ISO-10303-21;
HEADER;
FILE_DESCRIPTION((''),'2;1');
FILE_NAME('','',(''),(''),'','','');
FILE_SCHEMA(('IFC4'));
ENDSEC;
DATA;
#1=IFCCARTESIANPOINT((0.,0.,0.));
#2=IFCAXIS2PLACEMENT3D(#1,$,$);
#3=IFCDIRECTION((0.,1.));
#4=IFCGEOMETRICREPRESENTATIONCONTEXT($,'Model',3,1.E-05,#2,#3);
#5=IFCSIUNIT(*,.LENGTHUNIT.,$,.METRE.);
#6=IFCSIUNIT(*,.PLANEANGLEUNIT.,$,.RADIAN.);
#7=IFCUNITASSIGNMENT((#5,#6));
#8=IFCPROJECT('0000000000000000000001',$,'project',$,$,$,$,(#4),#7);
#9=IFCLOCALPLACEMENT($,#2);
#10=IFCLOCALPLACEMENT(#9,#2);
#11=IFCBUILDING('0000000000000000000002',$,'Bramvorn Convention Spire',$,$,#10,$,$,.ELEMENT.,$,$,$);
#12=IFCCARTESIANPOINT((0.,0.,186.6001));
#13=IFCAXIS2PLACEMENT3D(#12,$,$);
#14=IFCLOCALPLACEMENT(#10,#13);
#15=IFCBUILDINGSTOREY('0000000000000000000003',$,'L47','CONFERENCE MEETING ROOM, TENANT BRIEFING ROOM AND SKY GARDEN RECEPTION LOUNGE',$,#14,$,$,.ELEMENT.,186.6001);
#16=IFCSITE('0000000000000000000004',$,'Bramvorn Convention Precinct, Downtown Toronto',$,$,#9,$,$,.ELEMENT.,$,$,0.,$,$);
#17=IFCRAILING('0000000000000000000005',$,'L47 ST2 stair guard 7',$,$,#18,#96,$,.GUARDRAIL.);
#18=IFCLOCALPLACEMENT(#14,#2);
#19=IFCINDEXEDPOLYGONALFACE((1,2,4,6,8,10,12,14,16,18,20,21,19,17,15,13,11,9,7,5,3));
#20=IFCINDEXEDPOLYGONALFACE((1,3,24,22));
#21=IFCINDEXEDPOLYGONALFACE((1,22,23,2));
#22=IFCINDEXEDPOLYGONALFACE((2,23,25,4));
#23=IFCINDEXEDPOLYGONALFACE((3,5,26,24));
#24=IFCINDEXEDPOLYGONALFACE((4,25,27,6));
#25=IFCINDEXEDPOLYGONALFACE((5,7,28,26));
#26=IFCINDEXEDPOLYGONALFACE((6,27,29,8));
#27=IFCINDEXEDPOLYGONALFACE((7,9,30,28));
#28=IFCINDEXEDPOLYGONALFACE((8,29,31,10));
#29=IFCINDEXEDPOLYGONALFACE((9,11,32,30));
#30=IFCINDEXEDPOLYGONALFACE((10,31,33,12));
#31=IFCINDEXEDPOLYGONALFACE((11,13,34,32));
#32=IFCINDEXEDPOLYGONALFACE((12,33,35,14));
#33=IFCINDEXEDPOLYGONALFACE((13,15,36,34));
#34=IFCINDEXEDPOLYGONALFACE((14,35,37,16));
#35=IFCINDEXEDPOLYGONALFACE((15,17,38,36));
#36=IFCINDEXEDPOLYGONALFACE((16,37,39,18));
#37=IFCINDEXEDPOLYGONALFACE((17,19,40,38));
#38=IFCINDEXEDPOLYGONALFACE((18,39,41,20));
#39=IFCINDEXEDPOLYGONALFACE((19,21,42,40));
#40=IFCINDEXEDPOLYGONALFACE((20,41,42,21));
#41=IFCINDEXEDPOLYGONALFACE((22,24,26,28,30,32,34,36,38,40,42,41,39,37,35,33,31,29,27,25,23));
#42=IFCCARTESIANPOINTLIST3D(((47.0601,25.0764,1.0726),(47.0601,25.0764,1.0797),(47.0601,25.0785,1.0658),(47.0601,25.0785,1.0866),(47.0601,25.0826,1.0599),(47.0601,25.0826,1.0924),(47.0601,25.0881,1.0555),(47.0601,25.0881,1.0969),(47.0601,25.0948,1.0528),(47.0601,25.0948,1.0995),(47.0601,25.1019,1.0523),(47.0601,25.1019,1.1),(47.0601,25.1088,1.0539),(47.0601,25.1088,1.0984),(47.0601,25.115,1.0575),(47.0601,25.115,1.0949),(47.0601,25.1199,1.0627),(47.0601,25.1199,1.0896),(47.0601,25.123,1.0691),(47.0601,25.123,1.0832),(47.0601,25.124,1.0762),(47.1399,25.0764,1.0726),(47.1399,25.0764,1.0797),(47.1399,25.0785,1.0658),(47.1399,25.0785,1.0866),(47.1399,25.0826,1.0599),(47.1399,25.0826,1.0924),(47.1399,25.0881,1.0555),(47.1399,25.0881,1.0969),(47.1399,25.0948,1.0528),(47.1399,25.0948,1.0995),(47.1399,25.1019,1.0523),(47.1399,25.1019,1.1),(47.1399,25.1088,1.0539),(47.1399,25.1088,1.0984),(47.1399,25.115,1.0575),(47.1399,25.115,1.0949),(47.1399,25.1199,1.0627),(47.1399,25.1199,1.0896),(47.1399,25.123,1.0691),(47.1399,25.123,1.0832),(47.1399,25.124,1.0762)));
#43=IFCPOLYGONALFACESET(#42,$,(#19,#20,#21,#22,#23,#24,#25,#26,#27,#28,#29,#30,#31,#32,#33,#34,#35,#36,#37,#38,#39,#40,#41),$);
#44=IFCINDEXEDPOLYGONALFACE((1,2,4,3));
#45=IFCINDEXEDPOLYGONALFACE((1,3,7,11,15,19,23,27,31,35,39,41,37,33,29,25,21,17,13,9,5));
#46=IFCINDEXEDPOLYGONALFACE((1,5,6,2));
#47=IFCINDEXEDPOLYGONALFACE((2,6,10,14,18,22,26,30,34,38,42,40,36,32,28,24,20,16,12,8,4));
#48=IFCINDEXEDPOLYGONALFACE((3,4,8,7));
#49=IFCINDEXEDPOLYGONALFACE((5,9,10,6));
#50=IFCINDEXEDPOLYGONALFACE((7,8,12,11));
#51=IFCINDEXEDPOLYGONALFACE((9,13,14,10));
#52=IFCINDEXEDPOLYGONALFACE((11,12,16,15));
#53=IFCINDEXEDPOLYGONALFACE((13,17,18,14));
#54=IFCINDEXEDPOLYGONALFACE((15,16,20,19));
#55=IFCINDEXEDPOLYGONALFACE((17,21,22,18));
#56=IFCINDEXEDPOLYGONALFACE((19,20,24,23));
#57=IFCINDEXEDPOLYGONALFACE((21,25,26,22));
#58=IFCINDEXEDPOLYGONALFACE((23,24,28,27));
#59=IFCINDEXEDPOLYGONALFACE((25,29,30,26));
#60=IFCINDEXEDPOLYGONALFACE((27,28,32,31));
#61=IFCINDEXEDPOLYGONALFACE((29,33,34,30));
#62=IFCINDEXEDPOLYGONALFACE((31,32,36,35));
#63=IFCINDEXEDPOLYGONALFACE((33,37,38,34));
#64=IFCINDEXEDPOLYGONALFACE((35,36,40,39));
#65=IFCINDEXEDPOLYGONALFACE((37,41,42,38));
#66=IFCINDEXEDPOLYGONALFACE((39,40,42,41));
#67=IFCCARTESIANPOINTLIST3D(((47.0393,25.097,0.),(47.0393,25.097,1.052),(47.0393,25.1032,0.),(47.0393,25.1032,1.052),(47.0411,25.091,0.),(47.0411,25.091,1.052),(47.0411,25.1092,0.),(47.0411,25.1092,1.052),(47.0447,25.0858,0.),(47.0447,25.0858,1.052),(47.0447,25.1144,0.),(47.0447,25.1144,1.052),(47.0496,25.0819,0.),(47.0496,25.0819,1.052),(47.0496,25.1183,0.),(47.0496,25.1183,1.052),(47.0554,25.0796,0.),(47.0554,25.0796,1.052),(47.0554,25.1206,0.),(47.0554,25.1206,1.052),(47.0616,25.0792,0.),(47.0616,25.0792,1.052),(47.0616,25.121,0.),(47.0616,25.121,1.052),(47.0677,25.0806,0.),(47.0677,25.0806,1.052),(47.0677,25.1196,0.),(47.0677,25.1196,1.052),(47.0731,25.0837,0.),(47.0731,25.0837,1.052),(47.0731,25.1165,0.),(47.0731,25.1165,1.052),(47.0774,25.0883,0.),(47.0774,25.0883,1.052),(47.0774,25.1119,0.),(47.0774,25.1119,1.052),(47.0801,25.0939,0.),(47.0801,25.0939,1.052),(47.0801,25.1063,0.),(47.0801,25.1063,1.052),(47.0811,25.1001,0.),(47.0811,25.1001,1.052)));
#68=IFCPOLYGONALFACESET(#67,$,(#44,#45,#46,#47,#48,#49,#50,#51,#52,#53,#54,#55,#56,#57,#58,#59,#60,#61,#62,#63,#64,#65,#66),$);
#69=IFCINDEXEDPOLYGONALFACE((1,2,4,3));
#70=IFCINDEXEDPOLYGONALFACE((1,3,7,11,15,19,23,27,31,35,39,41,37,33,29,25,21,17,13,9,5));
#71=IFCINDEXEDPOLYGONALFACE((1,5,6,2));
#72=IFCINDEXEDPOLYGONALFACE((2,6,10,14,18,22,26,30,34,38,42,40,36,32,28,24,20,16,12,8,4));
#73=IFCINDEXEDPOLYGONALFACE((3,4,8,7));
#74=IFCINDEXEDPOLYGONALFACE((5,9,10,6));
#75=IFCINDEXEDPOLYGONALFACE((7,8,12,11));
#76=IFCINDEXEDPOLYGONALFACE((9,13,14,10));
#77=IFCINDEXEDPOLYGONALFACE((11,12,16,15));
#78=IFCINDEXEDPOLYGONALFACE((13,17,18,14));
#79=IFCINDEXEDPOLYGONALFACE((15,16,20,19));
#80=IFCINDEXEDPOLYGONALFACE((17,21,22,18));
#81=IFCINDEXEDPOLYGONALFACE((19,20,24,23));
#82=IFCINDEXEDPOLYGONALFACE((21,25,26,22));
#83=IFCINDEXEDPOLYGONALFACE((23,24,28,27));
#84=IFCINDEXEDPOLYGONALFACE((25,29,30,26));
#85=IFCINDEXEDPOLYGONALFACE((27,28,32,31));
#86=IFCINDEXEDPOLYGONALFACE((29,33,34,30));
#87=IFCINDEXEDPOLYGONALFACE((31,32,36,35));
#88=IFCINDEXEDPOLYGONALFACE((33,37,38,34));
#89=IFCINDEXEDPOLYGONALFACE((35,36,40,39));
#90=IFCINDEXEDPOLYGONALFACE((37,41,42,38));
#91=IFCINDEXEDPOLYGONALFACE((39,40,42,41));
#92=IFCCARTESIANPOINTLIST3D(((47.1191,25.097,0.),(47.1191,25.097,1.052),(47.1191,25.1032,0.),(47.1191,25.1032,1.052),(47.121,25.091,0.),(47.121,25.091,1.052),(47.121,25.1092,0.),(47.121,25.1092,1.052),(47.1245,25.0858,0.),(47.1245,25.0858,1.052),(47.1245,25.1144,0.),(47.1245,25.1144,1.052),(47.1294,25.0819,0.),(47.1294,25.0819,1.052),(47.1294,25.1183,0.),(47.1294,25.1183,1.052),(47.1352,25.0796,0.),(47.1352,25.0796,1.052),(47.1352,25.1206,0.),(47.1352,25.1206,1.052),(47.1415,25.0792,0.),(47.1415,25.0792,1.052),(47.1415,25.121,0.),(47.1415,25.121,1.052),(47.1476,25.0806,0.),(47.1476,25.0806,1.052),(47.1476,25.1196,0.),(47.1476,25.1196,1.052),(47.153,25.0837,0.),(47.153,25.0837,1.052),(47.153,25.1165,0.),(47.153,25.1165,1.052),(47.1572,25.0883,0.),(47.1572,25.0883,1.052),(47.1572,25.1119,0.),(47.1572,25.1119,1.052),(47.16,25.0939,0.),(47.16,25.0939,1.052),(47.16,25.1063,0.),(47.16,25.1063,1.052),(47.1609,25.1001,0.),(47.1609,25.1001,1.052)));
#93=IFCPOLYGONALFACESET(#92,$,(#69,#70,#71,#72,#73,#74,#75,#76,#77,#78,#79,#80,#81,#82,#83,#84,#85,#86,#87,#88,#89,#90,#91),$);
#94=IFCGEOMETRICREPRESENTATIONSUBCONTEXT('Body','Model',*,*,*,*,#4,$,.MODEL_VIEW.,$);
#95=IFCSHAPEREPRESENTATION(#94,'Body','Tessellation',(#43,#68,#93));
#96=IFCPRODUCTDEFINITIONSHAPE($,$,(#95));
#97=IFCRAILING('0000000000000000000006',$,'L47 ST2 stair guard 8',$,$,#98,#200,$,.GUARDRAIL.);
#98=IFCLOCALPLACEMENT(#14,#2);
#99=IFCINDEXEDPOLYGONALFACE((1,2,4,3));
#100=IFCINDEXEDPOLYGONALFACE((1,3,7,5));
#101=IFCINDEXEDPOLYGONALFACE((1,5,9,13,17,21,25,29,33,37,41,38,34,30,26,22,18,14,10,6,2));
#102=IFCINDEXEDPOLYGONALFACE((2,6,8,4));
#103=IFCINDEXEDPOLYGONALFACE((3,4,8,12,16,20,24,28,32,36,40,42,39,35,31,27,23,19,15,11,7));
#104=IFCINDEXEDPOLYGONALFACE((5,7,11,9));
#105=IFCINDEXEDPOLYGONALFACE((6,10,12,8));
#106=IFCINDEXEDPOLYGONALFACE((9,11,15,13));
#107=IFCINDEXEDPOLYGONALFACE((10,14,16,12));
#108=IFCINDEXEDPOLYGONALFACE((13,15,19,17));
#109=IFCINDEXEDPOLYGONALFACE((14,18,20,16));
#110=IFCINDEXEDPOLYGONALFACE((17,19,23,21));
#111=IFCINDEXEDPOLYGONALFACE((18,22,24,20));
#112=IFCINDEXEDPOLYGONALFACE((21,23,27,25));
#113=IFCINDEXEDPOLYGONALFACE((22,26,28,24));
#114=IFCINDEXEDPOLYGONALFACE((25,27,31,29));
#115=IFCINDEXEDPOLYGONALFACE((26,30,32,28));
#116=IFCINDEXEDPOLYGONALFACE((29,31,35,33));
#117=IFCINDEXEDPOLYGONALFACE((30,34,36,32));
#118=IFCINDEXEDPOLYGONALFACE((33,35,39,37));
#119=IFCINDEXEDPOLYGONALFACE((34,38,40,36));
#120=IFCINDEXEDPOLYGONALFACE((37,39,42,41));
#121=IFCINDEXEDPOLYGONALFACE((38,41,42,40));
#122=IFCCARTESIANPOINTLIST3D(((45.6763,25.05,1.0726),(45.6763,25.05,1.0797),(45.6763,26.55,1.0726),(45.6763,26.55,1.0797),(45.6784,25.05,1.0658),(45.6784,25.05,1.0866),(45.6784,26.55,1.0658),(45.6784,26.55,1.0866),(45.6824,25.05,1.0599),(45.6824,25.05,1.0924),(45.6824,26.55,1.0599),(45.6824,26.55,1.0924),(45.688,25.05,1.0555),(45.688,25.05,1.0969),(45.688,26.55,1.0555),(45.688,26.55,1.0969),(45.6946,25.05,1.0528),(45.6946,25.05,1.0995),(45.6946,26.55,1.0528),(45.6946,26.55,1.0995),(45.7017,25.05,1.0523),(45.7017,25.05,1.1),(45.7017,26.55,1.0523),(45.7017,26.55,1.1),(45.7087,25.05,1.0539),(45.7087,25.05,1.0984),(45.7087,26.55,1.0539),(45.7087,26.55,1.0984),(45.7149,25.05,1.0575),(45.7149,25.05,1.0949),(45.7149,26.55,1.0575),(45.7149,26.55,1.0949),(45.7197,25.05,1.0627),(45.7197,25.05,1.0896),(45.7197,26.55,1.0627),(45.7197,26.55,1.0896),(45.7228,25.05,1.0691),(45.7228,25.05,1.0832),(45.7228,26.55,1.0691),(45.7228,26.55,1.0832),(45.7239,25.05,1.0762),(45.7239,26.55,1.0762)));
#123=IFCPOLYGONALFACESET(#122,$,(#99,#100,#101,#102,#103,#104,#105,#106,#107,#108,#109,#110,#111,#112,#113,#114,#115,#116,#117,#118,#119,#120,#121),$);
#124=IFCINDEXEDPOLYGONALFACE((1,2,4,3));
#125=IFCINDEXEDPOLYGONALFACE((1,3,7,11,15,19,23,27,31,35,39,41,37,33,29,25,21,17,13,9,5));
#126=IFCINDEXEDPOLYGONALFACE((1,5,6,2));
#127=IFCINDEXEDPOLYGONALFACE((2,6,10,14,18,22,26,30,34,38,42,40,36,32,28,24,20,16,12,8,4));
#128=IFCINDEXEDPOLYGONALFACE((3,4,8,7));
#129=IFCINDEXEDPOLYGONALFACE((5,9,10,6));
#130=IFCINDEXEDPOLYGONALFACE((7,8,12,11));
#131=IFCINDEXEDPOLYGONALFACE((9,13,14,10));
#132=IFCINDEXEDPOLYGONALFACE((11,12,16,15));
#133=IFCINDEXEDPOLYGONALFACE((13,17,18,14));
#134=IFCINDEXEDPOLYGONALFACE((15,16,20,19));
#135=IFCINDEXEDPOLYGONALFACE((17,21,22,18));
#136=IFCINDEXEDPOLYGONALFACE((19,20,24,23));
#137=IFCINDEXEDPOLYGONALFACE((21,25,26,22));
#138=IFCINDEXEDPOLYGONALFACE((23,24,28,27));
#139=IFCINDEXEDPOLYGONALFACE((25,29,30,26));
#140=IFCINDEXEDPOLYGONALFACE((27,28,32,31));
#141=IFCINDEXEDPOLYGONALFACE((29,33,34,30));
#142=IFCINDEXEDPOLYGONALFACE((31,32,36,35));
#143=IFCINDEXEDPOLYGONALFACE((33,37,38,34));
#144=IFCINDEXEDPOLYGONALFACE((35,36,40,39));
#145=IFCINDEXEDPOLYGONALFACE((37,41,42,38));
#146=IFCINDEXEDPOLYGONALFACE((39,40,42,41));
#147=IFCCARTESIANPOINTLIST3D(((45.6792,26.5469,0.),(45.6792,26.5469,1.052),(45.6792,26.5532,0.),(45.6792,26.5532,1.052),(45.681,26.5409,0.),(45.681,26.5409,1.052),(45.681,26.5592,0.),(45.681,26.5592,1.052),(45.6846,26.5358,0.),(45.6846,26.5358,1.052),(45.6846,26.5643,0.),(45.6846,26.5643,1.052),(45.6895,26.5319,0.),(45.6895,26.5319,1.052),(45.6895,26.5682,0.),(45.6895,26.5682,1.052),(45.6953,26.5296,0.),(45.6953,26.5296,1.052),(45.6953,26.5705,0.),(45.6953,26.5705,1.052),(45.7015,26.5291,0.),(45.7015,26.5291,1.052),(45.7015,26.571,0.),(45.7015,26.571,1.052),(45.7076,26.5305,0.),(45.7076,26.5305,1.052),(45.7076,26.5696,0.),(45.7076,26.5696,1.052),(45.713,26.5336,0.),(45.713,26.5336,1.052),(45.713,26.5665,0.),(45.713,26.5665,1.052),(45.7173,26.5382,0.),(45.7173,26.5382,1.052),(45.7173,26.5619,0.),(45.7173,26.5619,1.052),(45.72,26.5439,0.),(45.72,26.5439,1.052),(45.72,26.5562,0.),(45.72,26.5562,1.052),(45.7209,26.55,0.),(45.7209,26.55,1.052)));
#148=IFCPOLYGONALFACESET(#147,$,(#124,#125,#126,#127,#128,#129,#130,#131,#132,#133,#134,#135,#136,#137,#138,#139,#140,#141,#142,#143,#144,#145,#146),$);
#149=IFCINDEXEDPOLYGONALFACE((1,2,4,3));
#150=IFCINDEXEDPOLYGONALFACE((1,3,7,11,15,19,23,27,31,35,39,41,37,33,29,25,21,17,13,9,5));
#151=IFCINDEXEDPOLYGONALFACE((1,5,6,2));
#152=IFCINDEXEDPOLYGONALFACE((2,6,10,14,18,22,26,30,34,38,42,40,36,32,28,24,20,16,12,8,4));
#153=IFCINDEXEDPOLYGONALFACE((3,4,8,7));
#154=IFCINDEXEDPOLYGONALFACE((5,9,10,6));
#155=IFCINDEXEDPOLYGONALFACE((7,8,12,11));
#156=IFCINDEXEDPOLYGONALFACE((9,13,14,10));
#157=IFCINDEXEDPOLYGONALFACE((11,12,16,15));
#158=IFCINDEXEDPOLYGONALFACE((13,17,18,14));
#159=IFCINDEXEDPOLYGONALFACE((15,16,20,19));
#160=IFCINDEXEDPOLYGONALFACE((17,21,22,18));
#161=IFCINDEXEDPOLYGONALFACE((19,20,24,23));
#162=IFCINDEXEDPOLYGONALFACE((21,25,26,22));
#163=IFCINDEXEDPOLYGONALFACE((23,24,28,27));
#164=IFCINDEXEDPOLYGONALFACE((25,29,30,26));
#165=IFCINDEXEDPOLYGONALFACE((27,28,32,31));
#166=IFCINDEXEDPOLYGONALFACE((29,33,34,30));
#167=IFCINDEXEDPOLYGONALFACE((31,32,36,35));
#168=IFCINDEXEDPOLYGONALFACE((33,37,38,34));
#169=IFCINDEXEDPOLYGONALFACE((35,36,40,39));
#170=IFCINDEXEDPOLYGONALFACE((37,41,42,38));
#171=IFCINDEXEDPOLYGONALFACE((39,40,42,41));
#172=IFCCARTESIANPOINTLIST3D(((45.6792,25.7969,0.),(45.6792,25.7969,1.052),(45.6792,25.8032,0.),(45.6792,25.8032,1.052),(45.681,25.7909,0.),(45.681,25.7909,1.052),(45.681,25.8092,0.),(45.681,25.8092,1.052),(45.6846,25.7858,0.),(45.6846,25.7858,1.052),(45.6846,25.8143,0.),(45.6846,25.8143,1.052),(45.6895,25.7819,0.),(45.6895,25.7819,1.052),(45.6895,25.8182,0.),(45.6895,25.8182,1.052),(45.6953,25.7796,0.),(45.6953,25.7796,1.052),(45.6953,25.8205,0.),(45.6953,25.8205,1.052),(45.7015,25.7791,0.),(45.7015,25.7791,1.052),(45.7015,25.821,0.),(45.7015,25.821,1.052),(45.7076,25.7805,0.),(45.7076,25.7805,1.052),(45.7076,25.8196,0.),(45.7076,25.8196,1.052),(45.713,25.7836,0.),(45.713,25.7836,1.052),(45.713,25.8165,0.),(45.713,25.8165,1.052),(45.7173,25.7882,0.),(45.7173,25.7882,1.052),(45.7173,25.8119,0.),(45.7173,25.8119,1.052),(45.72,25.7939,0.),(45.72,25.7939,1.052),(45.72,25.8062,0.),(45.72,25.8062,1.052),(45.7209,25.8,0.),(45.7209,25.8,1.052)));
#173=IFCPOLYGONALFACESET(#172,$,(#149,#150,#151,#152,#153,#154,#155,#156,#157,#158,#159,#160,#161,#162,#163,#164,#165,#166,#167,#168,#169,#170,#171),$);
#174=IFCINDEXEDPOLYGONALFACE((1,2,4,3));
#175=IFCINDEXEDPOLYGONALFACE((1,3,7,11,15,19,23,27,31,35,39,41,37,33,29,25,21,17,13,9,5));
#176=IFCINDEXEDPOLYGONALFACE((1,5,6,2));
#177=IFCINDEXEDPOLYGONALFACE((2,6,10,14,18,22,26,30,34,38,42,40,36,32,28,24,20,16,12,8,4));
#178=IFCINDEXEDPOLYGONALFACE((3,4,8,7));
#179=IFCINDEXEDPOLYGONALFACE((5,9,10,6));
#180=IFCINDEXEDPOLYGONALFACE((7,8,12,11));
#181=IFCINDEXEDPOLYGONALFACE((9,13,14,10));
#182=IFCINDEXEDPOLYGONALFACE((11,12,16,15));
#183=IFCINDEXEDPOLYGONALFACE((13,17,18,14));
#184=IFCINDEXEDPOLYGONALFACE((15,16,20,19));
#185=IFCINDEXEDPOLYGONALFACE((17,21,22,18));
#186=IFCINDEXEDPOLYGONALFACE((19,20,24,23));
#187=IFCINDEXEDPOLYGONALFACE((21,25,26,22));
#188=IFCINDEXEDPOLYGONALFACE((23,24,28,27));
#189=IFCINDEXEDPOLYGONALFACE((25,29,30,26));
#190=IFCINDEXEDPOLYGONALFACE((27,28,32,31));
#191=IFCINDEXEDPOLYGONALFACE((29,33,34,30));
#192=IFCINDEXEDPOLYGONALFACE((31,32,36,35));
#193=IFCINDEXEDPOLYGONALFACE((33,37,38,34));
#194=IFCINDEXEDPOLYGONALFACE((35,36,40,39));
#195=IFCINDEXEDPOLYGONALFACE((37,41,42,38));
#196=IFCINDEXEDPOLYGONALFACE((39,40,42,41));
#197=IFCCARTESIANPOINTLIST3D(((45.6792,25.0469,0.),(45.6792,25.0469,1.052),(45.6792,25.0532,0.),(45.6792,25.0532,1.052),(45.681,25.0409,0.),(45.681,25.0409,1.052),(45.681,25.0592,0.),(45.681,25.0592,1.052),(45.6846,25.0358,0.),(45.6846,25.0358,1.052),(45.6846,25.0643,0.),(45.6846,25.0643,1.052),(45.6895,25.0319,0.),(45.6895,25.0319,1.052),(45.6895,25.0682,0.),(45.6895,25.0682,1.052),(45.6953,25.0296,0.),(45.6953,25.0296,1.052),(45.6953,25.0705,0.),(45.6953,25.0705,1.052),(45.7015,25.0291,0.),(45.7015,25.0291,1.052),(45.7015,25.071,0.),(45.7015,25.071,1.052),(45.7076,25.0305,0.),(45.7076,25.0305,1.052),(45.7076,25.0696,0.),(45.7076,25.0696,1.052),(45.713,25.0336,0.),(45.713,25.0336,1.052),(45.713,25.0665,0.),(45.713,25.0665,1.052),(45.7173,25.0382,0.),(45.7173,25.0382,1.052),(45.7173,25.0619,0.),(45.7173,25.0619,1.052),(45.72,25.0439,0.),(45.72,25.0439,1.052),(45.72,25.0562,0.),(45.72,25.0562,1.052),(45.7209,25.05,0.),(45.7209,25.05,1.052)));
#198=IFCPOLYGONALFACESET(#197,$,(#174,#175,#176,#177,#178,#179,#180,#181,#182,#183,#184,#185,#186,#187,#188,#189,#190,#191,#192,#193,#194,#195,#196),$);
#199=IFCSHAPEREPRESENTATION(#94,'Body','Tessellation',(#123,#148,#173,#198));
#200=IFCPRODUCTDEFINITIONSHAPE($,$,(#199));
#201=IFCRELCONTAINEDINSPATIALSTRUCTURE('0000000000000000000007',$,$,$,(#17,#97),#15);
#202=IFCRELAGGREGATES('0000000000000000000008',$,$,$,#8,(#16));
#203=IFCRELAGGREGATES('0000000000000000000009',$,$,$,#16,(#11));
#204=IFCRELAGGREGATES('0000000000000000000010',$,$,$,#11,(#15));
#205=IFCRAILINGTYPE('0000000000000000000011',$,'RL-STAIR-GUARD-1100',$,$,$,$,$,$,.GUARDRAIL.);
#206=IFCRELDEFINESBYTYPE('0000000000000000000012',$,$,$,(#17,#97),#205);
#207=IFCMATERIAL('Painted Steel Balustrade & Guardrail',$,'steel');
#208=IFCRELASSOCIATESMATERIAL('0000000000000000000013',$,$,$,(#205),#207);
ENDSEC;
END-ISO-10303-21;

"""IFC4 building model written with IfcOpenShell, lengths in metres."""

from ifc_helpers import new_model, si_unit, direction, frame, origin, origin_2d, place, context, subcontext, project, spatial, circle, extrude, material, type_object, element, save


model = new_model("IFC4")

# Units and contexts
model_context = context("Model", 3, precision=1e-05, world=origin(), true_north=direction((0.0, 1.0)))
body_context = subcontext(model_context, "Body", "Model", "MODEL_VIEW")
ifc_project = project(units=[si_unit("LENGTHUNIT", "METRE"), si_unit("PLANEANGLEUNIT", "RADIAN")], contexts=[model_context])

# Site, building, storey
site_placement = place(None, origin())
site = spatial("IfcSite", under=ifc_project, at=site_placement, Name="Bramvorn Convention Precinct, Downtown Toronto", CompositionType="ELEMENT", RefElevation=0.0)
building_placement = place(site_placement, origin())
building = spatial("IfcBuilding", under=site, at=building_placement, Name="Bramvorn Convention Spire", CompositionType="ELEMENT")
storey_placement = place(building_placement, frame((0.0, 0.0, 186.6001)))
storey = spatial("IfcBuildingStorey", under=building, at=storey_placement, Name="L47", Description="CONFERENCE MEETING ROOM, TENANT BRIEFING ROOM AND SKY GARDEN RECEPTION LOUNGE", CompositionType="ELEMENT", Elevation=186.6001)

# Railings
ifc_material_1 = material(Name="Painted Steel Balustrade & Guardrail", Category="steel")
railing_type_1 = type_object("IfcRailingType", Name="RL-STAIR-GUARD-1100", PredefinedType="GUARDRAIL", material=ifc_material_1)
railing_1_placement = place(storey_placement, frame((47.0601, 25.1001, 0.0)))
element("IfcRailing", 1, at=railing_1_placement, inside=storey, type_object=railing_type_1, Name="L47 ST2 stair guard 7", PredefinedType="GUARDRAIL", context=body_context, shape_type="SweptSolid", body=[
    extrude(circle(Radius=0.0239, at=origin_2d()), frame((0.0, 0.0, 1.0762), z_axis=(1.0, 0.0, 0.0), x_axis=(0.0, 1.0, 0.0)), (0.0, 0.0, 1.0), 0.0798),
    extrude(circle(Radius=0.021, at=origin_2d()), origin(), (0.0, 0.0, 1.0), 1.052),
    extrude(circle(Radius=0.021, at=origin_2d()), frame((0.0798, 0.0, 0.0)), (0.0, 0.0, 1.0), 1.052),
])
railing_2_placement = place(storey_placement, frame((45.7, 26.55, 0.0)))
element("IfcRailing", 2, at=railing_2_placement, inside=storey, type_object=railing_type_1, Name="L47 ST2 stair guard 8", PredefinedType="GUARDRAIL", context=body_context, shape_type="SweptSolid", body=[
    extrude(circle(Radius=0.0239, at=origin_2d()), frame((0.0, 0.0, 1.0762), z_axis=(0.0, -1.0, 0.0), x_axis=(1.0, 0.0, 0.0)), (0.0, 0.0, 1.0), 1.5),
    extrude(circle(Radius=0.021, at=origin_2d()), origin(), (0.0, 0.0, 1.0), 1.052),
    extrude(circle(Radius=0.021, at=origin_2d()), frame((0.0, -0.75, 0.0)), (0.0, 0.0, 1.0), 1.052),
    extrude(circle(Radius=0.021, at=origin_2d()), frame((0.0, -1.5, 0.0)), (0.0, 0.0, 1.0), 1.052),
])

save(model, "model.ifc")
